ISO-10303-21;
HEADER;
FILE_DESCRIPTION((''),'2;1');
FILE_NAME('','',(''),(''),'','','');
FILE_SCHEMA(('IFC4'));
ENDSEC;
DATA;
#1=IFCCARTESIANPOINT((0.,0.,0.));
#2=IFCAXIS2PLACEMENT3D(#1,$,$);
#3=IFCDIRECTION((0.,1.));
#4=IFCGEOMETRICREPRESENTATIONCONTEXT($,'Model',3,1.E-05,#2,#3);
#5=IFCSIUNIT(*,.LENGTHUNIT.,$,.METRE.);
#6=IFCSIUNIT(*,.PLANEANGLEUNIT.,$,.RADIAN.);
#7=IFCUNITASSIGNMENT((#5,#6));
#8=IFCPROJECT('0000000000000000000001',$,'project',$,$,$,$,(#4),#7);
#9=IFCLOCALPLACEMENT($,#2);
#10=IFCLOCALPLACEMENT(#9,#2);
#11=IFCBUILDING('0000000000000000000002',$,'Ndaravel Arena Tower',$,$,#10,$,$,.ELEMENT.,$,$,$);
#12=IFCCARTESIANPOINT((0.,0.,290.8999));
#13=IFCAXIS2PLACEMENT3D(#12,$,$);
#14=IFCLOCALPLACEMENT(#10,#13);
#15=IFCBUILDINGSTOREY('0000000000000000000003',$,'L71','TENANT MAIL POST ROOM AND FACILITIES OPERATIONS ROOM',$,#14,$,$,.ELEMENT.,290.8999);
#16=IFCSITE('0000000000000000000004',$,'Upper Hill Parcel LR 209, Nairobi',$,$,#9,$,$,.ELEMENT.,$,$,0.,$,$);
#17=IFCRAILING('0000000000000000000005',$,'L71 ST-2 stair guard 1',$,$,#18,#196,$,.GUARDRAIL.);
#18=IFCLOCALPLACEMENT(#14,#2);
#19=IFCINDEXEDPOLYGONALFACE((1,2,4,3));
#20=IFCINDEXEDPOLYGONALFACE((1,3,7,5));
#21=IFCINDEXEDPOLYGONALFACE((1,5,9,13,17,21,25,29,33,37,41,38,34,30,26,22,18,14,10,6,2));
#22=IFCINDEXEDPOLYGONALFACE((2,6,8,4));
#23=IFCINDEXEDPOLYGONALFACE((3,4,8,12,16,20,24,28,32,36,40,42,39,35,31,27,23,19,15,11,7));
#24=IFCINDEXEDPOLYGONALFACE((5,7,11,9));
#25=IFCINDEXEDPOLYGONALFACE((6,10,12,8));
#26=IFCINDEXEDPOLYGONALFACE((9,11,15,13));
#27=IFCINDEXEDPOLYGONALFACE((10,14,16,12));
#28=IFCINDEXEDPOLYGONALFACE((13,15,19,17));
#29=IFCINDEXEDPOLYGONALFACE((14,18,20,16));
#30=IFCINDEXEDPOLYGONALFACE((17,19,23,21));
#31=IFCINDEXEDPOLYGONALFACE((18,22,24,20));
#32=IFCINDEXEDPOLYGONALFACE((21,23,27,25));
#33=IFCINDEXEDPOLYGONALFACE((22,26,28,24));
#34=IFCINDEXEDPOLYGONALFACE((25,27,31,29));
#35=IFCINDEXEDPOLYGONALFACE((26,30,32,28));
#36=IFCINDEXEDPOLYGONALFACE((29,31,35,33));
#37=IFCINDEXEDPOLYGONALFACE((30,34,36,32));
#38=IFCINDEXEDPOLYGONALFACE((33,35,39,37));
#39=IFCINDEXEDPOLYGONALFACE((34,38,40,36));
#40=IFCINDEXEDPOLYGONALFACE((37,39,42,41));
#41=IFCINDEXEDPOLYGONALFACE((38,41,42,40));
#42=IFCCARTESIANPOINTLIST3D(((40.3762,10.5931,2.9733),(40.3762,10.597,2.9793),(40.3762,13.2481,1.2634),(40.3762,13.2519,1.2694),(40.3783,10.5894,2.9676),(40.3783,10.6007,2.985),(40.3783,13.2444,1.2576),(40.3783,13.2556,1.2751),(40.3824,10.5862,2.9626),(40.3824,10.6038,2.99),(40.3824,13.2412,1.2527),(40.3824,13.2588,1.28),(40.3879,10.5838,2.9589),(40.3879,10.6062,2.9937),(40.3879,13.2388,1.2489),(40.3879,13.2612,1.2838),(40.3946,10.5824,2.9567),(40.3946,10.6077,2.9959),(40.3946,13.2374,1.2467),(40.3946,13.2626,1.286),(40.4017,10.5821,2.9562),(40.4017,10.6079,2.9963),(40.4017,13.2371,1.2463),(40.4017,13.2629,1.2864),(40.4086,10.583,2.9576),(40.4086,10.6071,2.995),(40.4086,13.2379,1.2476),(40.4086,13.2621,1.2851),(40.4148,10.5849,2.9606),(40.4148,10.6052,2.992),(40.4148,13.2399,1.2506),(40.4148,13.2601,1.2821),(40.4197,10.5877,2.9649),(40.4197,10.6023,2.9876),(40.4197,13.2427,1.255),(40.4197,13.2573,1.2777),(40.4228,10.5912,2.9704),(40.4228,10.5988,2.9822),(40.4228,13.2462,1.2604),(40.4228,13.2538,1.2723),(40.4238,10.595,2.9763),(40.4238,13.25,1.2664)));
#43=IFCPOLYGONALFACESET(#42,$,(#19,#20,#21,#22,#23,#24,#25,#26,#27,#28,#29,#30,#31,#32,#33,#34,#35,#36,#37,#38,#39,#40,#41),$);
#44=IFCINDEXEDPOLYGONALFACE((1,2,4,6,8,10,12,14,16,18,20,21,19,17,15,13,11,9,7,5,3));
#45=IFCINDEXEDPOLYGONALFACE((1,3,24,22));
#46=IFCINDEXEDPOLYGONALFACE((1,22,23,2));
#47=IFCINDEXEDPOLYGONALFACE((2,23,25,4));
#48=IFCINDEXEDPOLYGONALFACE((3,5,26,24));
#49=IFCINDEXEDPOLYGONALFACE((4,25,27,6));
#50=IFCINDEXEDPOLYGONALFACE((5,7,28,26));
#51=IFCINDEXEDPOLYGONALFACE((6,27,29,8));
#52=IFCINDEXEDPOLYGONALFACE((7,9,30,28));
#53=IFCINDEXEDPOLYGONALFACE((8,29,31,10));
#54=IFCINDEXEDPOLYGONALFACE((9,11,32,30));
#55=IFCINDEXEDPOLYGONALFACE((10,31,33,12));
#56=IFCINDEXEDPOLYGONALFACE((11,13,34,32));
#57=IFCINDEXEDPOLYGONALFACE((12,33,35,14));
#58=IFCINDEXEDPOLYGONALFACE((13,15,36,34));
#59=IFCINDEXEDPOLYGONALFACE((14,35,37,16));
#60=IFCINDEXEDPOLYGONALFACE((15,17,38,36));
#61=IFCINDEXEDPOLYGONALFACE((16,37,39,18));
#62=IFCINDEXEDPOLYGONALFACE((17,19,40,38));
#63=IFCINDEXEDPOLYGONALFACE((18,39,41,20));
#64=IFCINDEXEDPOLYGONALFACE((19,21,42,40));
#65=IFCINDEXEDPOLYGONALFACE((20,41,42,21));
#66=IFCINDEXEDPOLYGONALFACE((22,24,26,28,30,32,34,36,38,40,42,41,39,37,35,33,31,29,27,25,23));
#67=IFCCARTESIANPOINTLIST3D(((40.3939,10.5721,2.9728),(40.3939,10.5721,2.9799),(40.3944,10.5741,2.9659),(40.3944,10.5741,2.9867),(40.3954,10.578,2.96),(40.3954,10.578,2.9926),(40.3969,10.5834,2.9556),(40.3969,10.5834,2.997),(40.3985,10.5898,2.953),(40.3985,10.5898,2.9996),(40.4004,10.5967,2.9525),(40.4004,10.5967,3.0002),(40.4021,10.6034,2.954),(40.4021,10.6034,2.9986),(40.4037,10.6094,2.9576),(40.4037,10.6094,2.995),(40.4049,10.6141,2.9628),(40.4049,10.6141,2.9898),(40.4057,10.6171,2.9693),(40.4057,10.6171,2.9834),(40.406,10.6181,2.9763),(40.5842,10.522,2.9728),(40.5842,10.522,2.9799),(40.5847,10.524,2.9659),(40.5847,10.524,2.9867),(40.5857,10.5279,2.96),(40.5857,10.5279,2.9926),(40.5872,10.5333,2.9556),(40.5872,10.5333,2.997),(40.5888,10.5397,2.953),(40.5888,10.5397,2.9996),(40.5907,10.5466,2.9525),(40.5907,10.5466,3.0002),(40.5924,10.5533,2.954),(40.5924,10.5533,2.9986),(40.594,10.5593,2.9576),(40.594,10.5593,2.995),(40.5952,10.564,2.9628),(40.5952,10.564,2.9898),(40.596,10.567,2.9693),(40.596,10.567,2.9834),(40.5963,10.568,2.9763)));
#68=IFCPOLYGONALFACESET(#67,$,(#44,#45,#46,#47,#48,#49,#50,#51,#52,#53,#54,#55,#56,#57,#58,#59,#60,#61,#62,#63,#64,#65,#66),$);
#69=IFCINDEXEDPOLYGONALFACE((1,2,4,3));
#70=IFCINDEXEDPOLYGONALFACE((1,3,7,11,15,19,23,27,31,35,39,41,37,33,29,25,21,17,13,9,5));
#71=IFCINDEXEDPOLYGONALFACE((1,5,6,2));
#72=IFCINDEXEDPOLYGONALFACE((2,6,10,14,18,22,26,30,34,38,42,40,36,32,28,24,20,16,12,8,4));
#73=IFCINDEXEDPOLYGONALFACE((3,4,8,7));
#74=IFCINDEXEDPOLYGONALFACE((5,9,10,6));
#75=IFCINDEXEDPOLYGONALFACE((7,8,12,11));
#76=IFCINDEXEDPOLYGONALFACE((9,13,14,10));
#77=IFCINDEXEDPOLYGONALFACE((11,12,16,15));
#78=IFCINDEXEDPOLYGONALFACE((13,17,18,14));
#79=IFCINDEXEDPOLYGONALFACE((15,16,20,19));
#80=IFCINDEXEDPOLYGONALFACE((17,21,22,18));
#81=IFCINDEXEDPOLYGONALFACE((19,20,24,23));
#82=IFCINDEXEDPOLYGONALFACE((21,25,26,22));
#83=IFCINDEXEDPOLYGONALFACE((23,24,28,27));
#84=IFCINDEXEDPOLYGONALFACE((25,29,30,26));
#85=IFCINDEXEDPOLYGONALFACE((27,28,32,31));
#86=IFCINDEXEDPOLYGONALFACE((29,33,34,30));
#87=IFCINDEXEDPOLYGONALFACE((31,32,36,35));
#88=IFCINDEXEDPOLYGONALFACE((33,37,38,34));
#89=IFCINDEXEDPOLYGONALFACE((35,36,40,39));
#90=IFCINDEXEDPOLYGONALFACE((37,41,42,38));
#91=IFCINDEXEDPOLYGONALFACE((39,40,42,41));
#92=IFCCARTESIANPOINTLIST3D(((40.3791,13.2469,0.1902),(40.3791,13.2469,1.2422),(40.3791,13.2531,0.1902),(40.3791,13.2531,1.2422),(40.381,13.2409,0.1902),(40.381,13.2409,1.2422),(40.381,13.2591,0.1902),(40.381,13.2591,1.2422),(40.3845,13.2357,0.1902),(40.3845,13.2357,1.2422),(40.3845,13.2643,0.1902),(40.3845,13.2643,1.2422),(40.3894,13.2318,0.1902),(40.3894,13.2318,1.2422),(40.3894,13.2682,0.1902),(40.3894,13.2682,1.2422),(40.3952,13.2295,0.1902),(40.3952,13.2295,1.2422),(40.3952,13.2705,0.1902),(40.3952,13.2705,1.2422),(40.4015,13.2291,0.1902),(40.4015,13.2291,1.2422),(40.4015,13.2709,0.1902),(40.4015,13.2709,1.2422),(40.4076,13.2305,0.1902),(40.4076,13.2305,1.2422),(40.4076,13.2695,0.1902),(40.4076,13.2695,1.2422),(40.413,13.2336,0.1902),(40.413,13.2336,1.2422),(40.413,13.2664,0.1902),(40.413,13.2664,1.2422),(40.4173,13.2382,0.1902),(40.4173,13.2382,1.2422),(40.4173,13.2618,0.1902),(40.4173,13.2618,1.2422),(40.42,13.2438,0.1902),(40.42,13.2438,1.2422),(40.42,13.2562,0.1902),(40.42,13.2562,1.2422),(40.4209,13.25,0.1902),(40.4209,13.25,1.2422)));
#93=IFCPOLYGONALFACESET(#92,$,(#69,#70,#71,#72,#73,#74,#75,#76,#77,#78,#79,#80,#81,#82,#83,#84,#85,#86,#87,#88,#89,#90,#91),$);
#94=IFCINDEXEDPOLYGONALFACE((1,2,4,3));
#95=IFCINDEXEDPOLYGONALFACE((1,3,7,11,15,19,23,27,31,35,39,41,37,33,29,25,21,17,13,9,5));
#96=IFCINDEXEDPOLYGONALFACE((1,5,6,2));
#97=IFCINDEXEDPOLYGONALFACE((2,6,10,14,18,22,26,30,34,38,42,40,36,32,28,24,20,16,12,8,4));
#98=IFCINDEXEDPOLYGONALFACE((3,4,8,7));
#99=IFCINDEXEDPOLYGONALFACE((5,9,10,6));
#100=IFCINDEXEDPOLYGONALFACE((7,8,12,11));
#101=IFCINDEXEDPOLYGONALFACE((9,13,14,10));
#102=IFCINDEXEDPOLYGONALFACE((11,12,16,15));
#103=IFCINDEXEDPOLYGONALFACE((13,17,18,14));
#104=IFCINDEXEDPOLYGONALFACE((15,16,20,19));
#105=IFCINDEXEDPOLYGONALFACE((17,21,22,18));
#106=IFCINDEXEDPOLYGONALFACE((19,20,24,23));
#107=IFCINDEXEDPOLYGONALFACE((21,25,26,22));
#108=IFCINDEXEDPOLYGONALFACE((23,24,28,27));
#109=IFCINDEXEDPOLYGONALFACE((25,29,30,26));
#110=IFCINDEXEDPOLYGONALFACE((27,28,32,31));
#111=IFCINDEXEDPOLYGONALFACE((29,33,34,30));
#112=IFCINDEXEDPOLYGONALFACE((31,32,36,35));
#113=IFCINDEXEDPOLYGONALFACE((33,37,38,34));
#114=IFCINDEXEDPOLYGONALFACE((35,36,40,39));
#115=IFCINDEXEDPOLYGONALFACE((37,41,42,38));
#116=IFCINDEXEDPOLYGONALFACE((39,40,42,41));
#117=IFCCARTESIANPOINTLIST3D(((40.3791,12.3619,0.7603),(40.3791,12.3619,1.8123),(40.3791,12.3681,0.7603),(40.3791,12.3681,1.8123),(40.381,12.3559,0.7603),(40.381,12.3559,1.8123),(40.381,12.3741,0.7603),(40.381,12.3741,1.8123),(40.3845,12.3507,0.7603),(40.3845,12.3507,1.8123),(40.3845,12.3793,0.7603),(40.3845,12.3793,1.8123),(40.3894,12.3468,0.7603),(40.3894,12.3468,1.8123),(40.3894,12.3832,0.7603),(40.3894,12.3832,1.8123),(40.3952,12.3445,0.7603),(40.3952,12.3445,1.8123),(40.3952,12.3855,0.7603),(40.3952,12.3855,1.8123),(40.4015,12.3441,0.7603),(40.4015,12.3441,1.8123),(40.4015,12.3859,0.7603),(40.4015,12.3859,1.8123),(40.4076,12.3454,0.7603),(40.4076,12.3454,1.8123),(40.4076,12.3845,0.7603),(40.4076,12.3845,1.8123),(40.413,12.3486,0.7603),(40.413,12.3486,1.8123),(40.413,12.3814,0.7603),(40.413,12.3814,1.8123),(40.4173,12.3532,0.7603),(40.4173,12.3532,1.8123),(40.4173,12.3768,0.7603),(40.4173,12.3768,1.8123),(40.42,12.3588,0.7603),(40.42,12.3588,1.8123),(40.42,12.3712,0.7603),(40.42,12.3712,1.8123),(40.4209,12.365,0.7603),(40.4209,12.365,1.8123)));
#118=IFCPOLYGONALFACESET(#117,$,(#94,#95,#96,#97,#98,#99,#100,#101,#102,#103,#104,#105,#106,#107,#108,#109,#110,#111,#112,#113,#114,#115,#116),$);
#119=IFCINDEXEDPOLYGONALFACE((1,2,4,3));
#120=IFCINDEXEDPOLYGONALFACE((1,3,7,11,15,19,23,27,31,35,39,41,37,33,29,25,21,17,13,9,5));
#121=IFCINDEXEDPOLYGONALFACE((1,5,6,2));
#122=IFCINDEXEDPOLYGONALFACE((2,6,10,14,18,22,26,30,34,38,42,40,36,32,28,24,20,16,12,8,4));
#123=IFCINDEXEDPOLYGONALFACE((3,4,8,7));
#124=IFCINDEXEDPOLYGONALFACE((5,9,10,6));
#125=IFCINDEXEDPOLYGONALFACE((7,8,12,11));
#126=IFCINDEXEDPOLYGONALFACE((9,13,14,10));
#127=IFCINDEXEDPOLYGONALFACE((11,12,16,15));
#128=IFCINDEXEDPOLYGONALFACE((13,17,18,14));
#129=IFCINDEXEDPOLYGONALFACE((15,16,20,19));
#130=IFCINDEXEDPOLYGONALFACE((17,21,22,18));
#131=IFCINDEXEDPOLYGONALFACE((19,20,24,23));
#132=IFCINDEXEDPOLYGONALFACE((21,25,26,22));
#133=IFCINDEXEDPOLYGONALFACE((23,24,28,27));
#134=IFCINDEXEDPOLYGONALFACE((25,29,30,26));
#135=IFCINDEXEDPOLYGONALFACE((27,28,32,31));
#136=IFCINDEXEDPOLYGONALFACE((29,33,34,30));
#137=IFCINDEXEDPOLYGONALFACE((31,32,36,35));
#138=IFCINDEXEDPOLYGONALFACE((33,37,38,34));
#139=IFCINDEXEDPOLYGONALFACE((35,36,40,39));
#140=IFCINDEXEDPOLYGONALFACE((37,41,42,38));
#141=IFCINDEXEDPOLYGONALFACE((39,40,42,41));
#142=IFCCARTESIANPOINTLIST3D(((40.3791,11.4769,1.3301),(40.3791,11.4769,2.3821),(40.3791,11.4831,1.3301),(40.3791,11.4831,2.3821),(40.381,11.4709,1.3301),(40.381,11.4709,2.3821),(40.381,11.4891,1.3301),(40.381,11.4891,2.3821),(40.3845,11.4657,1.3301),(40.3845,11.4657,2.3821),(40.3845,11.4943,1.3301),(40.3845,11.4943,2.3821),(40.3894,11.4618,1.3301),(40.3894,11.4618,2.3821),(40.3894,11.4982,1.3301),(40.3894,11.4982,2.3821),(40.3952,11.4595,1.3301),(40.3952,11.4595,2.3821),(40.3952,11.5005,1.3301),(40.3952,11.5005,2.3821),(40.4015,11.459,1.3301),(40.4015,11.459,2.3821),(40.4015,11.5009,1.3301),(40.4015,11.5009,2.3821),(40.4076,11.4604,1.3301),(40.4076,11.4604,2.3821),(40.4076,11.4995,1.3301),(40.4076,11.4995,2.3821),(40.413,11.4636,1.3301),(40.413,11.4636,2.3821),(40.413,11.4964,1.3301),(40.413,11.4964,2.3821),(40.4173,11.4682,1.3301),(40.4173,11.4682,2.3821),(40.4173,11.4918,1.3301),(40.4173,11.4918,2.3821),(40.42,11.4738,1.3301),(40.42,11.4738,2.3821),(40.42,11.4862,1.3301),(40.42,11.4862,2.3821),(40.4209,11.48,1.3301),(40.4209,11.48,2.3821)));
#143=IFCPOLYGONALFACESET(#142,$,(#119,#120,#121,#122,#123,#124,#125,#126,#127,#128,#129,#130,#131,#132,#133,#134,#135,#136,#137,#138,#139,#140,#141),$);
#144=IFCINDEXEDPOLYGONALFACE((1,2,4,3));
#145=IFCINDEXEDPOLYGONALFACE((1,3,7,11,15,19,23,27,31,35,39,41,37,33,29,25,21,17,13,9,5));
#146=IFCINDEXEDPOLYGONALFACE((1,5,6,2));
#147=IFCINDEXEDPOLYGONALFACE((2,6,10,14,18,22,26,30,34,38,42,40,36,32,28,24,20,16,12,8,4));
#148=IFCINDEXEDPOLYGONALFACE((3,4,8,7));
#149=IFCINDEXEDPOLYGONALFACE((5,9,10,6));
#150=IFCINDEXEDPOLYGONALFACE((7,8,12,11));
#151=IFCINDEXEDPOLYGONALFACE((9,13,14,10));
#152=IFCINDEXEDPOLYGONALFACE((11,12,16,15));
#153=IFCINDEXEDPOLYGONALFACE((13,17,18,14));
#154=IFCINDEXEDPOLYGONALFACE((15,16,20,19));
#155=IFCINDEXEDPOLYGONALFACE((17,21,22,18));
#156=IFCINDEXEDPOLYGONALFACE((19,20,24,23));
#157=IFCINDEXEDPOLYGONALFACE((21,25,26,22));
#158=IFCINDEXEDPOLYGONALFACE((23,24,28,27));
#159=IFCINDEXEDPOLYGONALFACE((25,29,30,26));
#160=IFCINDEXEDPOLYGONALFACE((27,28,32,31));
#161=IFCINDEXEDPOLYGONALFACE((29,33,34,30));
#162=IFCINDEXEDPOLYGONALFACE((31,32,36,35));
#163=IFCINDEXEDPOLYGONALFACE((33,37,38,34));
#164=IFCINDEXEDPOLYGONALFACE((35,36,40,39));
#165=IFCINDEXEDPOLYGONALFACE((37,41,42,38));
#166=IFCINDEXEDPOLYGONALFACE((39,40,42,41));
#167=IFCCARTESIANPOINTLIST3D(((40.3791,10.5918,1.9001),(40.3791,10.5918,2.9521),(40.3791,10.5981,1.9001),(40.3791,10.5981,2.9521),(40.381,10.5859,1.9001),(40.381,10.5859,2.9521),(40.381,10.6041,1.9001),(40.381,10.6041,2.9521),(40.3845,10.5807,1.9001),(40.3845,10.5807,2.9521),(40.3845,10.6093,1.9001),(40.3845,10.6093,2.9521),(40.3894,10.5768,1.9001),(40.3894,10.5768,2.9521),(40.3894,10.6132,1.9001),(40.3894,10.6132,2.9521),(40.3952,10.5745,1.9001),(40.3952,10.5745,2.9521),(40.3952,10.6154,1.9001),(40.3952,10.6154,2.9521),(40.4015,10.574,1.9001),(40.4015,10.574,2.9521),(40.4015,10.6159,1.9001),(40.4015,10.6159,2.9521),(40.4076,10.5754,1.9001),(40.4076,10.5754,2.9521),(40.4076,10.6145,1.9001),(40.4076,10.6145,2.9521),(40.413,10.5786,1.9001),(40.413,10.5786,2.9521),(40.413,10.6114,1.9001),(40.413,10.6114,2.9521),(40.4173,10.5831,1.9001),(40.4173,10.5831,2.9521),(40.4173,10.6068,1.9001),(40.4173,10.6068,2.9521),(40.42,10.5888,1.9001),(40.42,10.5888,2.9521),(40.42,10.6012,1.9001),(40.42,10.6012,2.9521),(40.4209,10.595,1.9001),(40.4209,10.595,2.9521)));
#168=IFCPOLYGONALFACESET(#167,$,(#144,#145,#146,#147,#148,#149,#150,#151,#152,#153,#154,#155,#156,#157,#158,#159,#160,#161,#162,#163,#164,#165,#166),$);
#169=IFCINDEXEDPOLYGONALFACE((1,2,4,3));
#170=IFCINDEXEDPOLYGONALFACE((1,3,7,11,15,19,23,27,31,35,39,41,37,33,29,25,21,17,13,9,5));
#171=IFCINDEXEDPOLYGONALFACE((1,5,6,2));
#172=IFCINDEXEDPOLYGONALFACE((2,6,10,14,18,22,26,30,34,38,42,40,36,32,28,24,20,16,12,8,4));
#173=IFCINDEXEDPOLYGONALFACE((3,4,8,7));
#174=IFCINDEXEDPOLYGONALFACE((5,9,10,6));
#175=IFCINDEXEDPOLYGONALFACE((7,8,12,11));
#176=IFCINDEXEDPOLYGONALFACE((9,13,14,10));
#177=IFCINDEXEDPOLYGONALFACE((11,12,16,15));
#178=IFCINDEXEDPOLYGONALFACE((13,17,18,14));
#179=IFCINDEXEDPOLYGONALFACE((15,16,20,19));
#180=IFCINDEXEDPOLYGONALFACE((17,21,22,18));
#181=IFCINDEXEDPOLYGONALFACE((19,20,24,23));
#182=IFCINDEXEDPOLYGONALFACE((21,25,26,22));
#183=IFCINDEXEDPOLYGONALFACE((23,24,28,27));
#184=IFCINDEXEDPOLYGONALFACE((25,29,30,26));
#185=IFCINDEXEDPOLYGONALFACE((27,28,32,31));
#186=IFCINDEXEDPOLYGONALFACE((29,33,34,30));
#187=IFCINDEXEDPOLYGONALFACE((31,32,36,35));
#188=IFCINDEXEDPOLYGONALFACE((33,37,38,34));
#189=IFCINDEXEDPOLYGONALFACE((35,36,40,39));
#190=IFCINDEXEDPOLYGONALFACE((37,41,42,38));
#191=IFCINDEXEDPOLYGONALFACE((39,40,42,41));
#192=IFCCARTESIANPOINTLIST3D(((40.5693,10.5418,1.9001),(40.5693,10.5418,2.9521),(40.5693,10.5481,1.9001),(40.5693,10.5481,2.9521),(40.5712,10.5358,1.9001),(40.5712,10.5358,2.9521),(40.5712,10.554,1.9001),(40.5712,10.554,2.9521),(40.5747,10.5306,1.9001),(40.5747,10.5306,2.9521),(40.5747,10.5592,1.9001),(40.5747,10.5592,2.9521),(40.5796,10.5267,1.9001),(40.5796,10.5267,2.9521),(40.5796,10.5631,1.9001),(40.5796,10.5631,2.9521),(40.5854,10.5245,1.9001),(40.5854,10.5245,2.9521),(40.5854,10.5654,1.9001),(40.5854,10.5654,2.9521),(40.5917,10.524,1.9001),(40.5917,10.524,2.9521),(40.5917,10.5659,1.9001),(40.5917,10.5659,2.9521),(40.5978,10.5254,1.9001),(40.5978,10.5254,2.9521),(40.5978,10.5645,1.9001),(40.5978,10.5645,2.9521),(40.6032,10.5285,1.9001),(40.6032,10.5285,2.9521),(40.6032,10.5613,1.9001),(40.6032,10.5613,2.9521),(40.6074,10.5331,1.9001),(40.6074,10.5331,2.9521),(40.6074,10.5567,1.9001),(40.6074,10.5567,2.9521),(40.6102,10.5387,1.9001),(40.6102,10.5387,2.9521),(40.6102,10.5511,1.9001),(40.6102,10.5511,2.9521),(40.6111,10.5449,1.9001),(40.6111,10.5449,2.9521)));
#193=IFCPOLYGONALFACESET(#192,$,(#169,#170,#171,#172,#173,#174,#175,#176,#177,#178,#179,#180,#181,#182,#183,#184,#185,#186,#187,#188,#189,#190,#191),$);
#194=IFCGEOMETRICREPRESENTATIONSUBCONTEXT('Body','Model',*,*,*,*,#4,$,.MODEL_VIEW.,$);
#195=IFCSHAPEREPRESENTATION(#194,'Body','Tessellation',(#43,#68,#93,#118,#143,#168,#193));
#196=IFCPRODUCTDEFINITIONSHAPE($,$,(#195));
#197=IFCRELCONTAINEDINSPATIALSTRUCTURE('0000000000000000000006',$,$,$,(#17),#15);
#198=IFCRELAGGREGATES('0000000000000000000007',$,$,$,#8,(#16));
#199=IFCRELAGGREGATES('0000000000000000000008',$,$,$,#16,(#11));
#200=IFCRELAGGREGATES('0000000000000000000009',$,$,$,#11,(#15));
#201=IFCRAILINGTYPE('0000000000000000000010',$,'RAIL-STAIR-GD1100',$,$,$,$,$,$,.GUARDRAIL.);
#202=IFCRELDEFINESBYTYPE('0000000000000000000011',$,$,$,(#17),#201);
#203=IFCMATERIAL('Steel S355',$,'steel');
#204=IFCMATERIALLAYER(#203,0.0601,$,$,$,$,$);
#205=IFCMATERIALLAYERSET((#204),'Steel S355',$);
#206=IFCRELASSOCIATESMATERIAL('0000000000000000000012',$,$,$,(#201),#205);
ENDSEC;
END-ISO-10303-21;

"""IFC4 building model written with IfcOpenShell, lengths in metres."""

from ifc_helpers import new_model, si_unit, direction, frame, origin, origin_2d, place, context, subcontext, project, spatial, circle, extrude, material, layer, layer_set, type_object, element, save


model = new_model("IFC4")

# Units and contexts
model_context = context("Model", 3, precision=1e-05, world=origin(), true_north=direction((0.0, 1.0)))
body_context = subcontext(model_context, "Body", "Model", "MODEL_VIEW")
ifc_project = project(units=[si_unit("LENGTHUNIT", "METRE"), si_unit("PLANEANGLEUNIT", "RADIAN")], contexts=[model_context])

# Site, building, storey
site_placement = place(None, origin())
site = spatial("IfcSite", under=ifc_project, at=site_placement, Name="Upper Hill Parcel LR 209, Nairobi", CompositionType="ELEMENT", RefElevation=0.0)
building_placement = place(site_placement, origin())
building = spatial("IfcBuilding", under=site, at=building_placement, Name="Ndaravel Arena Tower", CompositionType="ELEMENT")
storey_placement = place(building_placement, frame((0.0, 0.0, 290.8999)))
storey = spatial("IfcBuildingStorey", under=building, at=storey_placement, Name="L71", Description="TENANT MAIL POST ROOM AND FACILITIES OPERATIONS ROOM", CompositionType="ELEMENT", Elevation=290.8999)

# Railing
ifc_material_1 = material(Name="Steel S355", Category="steel")
ifc_layer_1 = layer(ifc_material_1, 0.0601)
ifc_layer_set_1 = layer_set([ifc_layer_1], Name="Steel S355")
railing_type_1 = type_object("IfcRailingType", Name="RAIL-STAIR-GD1100", PredefinedType="GUARDRAIL", material=ifc_layer_set_1)
railing_1_placement = place(storey_placement, frame((40.3999, 13.25, 0.1902)))
element("IfcRailing", 1, at=railing_1_placement, inside=storey, type_object=railing_type_1, Name="L71 ST-2 stair guard 1", PredefinedType="GUARDRAIL", context=body_context, shape_type="SweptSolid", body=[
    extrude(circle(Radius=0.0239, at=origin_2d()), frame((0.0, 0.0, 1.0762), z_axis=(0.0, -0.840724, 0.541465), x_axis=(1.0, 0.0, 0.0)), (0.0, 0.0, 1.0), 3.158),
    extrude(circle(Radius=0.0239, at=origin_2d()), frame((0.0, -2.655, 2.7861), z_axis=(0.967075, -0.254493, 0.0), x_axis=(0.254493, 0.967075, 0.0)), (0.0, 0.0, 1.0), 0.1968),
    extrude(circle(Radius=0.021, at=origin_2d()), origin(), (0.0, 0.0, 1.0), 1.052),
    extrude(circle(Radius=0.021, at=origin_2d()), frame((0.0, -0.885, 0.5701)), (0.0, 0.0, 1.0), 1.052),
    extrude(circle(Radius=0.021, at=origin_2d()), frame((0.0, -1.77, 1.1399)), (0.0, 0.0, 1.0), 1.052),
    extrude(circle(Radius=0.021, at=origin_2d()), frame((0.0, -2.655, 1.71)), (0.0, 0.0, 1.0), 1.052),
    extrude(circle(Radius=0.021, at=origin_2d()), frame((0.1902, -2.7051, 1.71)), (0.0, 0.0, 1.0), 1.052),
])

save(model, "model.ifc")
